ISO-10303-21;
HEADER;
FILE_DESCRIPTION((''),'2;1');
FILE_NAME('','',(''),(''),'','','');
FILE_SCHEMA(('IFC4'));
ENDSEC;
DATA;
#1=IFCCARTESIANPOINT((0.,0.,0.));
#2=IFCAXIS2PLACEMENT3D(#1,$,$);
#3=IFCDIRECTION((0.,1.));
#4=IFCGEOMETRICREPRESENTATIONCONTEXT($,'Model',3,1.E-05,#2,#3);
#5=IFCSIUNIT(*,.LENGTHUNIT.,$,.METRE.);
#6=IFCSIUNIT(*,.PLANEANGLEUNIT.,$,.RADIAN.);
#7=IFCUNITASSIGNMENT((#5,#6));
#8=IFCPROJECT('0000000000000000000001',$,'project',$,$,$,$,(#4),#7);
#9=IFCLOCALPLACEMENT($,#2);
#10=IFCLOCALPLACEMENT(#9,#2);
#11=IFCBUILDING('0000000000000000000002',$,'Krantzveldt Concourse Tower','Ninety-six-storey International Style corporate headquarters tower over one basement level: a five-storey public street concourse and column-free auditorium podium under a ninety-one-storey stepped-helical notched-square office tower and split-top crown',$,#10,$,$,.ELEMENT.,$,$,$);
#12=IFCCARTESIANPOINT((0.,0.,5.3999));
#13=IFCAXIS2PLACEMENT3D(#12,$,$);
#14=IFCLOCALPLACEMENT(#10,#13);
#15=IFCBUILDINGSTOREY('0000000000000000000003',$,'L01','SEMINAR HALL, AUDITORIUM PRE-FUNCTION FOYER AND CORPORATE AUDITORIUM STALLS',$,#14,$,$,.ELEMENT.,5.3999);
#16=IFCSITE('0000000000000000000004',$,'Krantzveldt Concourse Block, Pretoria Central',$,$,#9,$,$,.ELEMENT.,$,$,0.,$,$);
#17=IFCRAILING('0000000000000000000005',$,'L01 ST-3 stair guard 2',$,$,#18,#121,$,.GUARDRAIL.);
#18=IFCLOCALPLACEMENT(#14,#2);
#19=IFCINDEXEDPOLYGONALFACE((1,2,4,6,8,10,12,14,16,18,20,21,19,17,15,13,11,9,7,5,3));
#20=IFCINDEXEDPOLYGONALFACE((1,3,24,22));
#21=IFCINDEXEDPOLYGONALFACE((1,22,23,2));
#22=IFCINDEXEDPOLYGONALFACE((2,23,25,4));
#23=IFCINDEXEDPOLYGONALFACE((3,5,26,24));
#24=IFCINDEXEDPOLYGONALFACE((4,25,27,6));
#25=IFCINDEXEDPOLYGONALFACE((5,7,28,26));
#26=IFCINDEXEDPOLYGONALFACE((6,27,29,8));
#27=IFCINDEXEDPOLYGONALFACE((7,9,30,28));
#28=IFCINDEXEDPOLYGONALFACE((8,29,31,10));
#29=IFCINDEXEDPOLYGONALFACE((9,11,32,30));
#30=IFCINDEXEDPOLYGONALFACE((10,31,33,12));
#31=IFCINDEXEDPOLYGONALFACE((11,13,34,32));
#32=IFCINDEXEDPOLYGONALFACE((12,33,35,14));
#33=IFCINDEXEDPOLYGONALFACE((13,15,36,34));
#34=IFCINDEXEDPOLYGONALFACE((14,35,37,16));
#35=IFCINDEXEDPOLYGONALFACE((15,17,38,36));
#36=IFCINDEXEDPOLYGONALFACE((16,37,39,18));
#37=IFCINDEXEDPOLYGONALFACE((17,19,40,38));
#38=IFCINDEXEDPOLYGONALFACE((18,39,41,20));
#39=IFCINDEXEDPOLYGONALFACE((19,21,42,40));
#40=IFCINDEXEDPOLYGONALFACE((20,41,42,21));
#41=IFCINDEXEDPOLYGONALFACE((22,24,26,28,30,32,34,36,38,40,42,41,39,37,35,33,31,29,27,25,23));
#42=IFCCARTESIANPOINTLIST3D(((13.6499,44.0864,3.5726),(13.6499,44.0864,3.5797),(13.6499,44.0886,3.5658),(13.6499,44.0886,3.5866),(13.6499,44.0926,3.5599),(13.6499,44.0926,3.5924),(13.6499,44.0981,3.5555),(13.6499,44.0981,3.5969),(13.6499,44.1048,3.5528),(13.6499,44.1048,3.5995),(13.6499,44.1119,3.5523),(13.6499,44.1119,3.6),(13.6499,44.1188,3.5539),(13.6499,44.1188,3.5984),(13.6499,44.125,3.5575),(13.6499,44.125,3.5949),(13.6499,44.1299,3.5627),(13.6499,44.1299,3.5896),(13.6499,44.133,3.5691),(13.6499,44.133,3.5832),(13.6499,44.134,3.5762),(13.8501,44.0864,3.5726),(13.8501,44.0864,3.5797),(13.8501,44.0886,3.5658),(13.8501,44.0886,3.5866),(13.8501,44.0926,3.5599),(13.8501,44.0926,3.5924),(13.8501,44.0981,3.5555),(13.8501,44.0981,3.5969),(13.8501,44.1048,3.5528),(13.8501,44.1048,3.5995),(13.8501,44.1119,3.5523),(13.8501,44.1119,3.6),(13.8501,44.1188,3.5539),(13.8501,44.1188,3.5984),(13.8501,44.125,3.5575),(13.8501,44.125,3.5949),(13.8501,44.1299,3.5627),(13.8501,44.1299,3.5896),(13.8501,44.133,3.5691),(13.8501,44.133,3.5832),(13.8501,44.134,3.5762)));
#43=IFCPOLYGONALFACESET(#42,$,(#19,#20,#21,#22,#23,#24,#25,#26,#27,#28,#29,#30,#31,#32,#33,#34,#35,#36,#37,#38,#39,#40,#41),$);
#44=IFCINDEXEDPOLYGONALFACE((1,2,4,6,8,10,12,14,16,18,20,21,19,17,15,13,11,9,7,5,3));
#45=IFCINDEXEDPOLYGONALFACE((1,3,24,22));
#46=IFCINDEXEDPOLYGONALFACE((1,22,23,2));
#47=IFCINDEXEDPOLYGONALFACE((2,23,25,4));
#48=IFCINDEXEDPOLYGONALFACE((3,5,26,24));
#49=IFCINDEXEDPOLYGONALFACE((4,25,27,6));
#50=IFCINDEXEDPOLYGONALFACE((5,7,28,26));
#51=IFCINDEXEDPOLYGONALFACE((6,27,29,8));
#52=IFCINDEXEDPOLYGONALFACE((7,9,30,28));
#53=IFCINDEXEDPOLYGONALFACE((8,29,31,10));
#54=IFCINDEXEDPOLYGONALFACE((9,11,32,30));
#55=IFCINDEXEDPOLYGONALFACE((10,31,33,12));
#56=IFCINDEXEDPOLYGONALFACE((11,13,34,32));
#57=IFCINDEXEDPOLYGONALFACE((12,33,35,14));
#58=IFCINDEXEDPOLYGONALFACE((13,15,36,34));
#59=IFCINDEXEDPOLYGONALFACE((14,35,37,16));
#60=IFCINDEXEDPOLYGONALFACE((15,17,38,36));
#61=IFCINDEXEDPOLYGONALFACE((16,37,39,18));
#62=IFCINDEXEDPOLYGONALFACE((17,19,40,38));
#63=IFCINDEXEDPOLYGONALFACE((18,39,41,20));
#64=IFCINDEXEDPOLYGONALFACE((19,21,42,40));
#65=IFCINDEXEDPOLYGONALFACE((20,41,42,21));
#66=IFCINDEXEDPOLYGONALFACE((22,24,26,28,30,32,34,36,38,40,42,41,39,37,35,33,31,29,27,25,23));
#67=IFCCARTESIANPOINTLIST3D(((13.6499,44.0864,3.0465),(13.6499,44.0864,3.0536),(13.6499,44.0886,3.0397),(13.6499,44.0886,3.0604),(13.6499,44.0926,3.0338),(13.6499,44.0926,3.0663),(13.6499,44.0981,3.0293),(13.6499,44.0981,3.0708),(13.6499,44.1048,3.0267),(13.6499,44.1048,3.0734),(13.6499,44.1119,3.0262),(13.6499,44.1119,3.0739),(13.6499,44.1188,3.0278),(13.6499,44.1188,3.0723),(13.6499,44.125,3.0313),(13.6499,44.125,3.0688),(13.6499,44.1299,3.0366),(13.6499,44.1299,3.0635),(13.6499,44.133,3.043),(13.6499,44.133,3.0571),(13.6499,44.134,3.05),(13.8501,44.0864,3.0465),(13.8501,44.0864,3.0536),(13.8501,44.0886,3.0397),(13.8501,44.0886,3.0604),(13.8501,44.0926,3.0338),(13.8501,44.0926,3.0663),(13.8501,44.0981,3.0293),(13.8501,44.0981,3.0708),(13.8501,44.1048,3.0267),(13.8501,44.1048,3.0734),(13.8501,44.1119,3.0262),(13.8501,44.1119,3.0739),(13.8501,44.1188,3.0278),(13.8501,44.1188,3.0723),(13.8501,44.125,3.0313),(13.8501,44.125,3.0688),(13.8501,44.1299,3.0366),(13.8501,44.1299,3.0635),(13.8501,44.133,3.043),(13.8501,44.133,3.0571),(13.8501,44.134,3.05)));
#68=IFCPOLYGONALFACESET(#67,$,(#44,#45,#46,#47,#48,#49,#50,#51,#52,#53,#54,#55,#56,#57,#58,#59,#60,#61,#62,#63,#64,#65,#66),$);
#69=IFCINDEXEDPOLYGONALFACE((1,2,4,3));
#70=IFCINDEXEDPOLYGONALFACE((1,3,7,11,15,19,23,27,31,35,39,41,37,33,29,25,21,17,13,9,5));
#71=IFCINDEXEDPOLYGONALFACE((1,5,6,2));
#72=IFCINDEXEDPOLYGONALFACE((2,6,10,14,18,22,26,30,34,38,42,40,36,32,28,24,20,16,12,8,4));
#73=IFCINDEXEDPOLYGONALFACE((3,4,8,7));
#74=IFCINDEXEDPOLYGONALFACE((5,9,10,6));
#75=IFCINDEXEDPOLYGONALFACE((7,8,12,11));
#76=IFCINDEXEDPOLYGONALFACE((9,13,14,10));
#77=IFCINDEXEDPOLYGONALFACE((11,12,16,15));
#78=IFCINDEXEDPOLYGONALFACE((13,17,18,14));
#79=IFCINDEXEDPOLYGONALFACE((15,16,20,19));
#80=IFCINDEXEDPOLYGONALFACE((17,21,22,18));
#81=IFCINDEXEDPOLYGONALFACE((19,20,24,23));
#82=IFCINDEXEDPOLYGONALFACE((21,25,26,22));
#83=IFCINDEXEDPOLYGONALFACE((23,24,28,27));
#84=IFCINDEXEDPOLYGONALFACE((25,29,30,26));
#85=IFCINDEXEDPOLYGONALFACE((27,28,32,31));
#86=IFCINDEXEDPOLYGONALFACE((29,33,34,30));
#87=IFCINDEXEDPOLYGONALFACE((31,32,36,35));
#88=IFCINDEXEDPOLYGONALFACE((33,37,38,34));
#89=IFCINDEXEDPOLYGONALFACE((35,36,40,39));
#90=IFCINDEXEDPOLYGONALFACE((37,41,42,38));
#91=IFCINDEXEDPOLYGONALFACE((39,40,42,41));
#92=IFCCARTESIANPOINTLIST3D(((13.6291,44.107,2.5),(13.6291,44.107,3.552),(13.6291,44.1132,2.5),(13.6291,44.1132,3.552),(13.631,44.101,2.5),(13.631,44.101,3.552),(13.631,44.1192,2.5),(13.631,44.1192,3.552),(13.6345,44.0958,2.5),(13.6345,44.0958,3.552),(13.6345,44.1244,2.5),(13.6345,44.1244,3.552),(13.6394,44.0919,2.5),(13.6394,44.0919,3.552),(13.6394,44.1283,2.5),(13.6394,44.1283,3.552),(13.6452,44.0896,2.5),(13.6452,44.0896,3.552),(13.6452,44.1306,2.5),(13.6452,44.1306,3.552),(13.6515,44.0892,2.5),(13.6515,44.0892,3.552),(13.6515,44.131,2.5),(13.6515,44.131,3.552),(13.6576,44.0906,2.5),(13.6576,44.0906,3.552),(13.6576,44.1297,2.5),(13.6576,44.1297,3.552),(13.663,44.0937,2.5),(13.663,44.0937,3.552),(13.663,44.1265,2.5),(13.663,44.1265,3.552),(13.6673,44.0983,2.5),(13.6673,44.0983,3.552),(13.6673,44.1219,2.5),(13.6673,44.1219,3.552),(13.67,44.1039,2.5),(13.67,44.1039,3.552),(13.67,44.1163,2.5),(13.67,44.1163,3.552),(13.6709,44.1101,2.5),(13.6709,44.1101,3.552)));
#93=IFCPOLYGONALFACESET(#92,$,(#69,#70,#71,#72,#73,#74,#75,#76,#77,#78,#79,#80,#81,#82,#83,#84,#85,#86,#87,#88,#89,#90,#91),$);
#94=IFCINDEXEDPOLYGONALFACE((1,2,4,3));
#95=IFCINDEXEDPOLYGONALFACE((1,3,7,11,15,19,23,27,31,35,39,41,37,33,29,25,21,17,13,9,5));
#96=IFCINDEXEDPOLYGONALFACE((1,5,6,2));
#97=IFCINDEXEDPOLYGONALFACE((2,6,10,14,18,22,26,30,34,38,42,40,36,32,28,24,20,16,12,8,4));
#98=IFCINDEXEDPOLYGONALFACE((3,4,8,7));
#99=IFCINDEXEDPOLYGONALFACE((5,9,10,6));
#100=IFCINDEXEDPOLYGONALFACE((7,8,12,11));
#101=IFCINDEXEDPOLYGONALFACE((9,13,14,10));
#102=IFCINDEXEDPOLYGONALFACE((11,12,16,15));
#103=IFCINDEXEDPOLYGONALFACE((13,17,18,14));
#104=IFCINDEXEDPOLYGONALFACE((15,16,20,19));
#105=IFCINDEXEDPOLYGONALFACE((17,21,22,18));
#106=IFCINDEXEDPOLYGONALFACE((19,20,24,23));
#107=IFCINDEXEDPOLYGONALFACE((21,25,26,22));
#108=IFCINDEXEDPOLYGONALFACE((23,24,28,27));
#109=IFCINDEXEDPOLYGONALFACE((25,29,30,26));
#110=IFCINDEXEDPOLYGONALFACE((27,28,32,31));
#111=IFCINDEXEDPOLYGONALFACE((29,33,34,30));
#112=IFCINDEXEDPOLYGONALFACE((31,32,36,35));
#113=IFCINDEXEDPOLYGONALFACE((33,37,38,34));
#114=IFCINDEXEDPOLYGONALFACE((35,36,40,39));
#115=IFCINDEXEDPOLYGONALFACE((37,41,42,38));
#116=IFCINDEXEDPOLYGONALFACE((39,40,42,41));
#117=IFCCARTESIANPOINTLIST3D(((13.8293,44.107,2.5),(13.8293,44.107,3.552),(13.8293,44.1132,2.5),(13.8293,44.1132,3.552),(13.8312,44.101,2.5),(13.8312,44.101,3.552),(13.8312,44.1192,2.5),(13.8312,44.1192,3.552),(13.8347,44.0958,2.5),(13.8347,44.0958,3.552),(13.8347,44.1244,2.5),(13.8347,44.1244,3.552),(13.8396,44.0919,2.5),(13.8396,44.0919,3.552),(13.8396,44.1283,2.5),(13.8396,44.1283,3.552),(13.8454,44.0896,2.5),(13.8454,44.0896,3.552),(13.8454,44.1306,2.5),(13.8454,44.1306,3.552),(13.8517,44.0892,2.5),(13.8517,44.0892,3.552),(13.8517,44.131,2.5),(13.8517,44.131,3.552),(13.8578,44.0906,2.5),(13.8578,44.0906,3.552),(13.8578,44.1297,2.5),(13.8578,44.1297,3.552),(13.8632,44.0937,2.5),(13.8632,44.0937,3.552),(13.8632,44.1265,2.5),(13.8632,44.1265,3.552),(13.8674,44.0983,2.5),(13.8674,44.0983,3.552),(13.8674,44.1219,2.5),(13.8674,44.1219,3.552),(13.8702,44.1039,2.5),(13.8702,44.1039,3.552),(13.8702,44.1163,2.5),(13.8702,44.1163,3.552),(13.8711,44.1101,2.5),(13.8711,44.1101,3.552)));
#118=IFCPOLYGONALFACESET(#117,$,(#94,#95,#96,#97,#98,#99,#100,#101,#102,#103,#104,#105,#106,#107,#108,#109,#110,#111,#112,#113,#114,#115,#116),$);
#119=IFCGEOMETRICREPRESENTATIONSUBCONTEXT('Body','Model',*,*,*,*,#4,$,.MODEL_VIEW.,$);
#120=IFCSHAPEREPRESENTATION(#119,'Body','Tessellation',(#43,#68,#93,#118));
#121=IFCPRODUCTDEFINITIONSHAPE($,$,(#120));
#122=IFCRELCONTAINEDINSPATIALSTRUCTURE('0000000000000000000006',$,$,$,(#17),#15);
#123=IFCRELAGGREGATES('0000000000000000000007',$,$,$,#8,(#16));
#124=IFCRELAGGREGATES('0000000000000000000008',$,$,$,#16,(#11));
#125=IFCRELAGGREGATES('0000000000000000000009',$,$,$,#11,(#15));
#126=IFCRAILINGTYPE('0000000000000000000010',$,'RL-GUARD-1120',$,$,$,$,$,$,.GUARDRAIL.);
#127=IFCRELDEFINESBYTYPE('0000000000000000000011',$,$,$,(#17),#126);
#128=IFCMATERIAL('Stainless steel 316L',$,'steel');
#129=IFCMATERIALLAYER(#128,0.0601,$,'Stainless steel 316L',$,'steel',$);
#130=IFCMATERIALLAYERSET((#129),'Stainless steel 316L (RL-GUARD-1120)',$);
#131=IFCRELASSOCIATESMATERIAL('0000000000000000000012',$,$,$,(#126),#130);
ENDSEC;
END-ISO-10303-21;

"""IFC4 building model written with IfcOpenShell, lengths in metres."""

from ifc_helpers import new_model, si_unit, direction, frame, origin, origin_2d, place, context, subcontext, project, spatial, circle, extrude, material, layer, layer_set, type_object, element, save


model = new_model("IFC4")

# Units and contexts
model_context = context("Model", 3, precision=1e-05, world=origin(), true_north=direction((0.0, 1.0)))
body_context = subcontext(model_context, "Body", "Model", "MODEL_VIEW")
ifc_project = project(units=[si_unit("LENGTHUNIT", "METRE"), si_unit("PLANEANGLEUNIT", "RADIAN")], contexts=[model_context])

# Site, building, storey
site_placement = place(None, origin())
site = spatial("IfcSite", under=ifc_project, at=site_placement, Name="Krantzveldt Concourse Block, Pretoria Central", CompositionType="ELEMENT", RefElevation=0.0)
building_placement = place(site_placement, origin())
building = spatial("IfcBuilding", under=site, at=building_placement, Name="Krantzveldt Concourse Tower", Description="Ninety-six-storey International Style corporate headquarters tower over one basement level: a five-storey public street concourse and column-free auditorium podium under a ninety-one-storey stepped-helical notched-square office tower and split-top crown", CompositionType="ELEMENT")
storey_placement = place(building_placement, frame((0.0, 0.0, 5.3999)))
storey = spatial("IfcBuildingStorey", under=building, at=storey_placement, Name="L01", Description="SEMINAR HALL, AUDITORIUM PRE-FUNCTION FOYER AND CORPORATE AUDITORIUM STALLS", CompositionType="ELEMENT", Elevation=5.3999)

# Railing
ifc_material_1 = material(Name="Stainless steel 316L", Category="steel")
ifc_layer_1 = layer(ifc_material_1, 0.0601, Name="Stainless steel 316L", Category="steel")
ifc_layer_set_1 = layer_set([ifc_layer_1], Name="Stainless steel 316L (RL-GUARD-1120)")
railing_type_1 = type_object("IfcRailingType", Name="RL-GUARD-1120", PredefinedType="GUARDRAIL", material=ifc_layer_set_1)
railing_1_placement = place(storey_placement, frame((13.6499, 44.1101, 2.5)))
element("IfcRailing", 1, at=railing_1_placement, inside=storey, type_object=railing_type_1, Name="L01 ST-3 stair guard 2", PredefinedType="GUARDRAIL", context=body_context, shape_type="SweptSolid", body=[
    extrude(circle(Radius=0.0239, at=origin_2d()), frame((0.0, 0.0, 1.0762), z_axis=(1.0, 0.0, 0.0), x_axis=(0.0, 1.0, 0.0)), (0.0, 0.0, 1.0), 0.2002),
    extrude(circle(Radius=0.0239, at=origin_2d()), frame((0.0, 0.0, 0.55), z_axis=(1.0, 0.0, 0.0), x_axis=(0.0, 1.0, 0.0)), (0.0, 0.0, 1.0), 0.2002),
    extrude(circle(Radius=0.021, at=origin_2d()), origin(), (0.0, 0.0, 1.0), 1.052),
    extrude(circle(Radius=0.021, at=origin_2d()), frame((0.2002, 0.0, 0.0)), (0.0, 0.0, 1.0), 1.052),
])

save(model, "model.ifc")
